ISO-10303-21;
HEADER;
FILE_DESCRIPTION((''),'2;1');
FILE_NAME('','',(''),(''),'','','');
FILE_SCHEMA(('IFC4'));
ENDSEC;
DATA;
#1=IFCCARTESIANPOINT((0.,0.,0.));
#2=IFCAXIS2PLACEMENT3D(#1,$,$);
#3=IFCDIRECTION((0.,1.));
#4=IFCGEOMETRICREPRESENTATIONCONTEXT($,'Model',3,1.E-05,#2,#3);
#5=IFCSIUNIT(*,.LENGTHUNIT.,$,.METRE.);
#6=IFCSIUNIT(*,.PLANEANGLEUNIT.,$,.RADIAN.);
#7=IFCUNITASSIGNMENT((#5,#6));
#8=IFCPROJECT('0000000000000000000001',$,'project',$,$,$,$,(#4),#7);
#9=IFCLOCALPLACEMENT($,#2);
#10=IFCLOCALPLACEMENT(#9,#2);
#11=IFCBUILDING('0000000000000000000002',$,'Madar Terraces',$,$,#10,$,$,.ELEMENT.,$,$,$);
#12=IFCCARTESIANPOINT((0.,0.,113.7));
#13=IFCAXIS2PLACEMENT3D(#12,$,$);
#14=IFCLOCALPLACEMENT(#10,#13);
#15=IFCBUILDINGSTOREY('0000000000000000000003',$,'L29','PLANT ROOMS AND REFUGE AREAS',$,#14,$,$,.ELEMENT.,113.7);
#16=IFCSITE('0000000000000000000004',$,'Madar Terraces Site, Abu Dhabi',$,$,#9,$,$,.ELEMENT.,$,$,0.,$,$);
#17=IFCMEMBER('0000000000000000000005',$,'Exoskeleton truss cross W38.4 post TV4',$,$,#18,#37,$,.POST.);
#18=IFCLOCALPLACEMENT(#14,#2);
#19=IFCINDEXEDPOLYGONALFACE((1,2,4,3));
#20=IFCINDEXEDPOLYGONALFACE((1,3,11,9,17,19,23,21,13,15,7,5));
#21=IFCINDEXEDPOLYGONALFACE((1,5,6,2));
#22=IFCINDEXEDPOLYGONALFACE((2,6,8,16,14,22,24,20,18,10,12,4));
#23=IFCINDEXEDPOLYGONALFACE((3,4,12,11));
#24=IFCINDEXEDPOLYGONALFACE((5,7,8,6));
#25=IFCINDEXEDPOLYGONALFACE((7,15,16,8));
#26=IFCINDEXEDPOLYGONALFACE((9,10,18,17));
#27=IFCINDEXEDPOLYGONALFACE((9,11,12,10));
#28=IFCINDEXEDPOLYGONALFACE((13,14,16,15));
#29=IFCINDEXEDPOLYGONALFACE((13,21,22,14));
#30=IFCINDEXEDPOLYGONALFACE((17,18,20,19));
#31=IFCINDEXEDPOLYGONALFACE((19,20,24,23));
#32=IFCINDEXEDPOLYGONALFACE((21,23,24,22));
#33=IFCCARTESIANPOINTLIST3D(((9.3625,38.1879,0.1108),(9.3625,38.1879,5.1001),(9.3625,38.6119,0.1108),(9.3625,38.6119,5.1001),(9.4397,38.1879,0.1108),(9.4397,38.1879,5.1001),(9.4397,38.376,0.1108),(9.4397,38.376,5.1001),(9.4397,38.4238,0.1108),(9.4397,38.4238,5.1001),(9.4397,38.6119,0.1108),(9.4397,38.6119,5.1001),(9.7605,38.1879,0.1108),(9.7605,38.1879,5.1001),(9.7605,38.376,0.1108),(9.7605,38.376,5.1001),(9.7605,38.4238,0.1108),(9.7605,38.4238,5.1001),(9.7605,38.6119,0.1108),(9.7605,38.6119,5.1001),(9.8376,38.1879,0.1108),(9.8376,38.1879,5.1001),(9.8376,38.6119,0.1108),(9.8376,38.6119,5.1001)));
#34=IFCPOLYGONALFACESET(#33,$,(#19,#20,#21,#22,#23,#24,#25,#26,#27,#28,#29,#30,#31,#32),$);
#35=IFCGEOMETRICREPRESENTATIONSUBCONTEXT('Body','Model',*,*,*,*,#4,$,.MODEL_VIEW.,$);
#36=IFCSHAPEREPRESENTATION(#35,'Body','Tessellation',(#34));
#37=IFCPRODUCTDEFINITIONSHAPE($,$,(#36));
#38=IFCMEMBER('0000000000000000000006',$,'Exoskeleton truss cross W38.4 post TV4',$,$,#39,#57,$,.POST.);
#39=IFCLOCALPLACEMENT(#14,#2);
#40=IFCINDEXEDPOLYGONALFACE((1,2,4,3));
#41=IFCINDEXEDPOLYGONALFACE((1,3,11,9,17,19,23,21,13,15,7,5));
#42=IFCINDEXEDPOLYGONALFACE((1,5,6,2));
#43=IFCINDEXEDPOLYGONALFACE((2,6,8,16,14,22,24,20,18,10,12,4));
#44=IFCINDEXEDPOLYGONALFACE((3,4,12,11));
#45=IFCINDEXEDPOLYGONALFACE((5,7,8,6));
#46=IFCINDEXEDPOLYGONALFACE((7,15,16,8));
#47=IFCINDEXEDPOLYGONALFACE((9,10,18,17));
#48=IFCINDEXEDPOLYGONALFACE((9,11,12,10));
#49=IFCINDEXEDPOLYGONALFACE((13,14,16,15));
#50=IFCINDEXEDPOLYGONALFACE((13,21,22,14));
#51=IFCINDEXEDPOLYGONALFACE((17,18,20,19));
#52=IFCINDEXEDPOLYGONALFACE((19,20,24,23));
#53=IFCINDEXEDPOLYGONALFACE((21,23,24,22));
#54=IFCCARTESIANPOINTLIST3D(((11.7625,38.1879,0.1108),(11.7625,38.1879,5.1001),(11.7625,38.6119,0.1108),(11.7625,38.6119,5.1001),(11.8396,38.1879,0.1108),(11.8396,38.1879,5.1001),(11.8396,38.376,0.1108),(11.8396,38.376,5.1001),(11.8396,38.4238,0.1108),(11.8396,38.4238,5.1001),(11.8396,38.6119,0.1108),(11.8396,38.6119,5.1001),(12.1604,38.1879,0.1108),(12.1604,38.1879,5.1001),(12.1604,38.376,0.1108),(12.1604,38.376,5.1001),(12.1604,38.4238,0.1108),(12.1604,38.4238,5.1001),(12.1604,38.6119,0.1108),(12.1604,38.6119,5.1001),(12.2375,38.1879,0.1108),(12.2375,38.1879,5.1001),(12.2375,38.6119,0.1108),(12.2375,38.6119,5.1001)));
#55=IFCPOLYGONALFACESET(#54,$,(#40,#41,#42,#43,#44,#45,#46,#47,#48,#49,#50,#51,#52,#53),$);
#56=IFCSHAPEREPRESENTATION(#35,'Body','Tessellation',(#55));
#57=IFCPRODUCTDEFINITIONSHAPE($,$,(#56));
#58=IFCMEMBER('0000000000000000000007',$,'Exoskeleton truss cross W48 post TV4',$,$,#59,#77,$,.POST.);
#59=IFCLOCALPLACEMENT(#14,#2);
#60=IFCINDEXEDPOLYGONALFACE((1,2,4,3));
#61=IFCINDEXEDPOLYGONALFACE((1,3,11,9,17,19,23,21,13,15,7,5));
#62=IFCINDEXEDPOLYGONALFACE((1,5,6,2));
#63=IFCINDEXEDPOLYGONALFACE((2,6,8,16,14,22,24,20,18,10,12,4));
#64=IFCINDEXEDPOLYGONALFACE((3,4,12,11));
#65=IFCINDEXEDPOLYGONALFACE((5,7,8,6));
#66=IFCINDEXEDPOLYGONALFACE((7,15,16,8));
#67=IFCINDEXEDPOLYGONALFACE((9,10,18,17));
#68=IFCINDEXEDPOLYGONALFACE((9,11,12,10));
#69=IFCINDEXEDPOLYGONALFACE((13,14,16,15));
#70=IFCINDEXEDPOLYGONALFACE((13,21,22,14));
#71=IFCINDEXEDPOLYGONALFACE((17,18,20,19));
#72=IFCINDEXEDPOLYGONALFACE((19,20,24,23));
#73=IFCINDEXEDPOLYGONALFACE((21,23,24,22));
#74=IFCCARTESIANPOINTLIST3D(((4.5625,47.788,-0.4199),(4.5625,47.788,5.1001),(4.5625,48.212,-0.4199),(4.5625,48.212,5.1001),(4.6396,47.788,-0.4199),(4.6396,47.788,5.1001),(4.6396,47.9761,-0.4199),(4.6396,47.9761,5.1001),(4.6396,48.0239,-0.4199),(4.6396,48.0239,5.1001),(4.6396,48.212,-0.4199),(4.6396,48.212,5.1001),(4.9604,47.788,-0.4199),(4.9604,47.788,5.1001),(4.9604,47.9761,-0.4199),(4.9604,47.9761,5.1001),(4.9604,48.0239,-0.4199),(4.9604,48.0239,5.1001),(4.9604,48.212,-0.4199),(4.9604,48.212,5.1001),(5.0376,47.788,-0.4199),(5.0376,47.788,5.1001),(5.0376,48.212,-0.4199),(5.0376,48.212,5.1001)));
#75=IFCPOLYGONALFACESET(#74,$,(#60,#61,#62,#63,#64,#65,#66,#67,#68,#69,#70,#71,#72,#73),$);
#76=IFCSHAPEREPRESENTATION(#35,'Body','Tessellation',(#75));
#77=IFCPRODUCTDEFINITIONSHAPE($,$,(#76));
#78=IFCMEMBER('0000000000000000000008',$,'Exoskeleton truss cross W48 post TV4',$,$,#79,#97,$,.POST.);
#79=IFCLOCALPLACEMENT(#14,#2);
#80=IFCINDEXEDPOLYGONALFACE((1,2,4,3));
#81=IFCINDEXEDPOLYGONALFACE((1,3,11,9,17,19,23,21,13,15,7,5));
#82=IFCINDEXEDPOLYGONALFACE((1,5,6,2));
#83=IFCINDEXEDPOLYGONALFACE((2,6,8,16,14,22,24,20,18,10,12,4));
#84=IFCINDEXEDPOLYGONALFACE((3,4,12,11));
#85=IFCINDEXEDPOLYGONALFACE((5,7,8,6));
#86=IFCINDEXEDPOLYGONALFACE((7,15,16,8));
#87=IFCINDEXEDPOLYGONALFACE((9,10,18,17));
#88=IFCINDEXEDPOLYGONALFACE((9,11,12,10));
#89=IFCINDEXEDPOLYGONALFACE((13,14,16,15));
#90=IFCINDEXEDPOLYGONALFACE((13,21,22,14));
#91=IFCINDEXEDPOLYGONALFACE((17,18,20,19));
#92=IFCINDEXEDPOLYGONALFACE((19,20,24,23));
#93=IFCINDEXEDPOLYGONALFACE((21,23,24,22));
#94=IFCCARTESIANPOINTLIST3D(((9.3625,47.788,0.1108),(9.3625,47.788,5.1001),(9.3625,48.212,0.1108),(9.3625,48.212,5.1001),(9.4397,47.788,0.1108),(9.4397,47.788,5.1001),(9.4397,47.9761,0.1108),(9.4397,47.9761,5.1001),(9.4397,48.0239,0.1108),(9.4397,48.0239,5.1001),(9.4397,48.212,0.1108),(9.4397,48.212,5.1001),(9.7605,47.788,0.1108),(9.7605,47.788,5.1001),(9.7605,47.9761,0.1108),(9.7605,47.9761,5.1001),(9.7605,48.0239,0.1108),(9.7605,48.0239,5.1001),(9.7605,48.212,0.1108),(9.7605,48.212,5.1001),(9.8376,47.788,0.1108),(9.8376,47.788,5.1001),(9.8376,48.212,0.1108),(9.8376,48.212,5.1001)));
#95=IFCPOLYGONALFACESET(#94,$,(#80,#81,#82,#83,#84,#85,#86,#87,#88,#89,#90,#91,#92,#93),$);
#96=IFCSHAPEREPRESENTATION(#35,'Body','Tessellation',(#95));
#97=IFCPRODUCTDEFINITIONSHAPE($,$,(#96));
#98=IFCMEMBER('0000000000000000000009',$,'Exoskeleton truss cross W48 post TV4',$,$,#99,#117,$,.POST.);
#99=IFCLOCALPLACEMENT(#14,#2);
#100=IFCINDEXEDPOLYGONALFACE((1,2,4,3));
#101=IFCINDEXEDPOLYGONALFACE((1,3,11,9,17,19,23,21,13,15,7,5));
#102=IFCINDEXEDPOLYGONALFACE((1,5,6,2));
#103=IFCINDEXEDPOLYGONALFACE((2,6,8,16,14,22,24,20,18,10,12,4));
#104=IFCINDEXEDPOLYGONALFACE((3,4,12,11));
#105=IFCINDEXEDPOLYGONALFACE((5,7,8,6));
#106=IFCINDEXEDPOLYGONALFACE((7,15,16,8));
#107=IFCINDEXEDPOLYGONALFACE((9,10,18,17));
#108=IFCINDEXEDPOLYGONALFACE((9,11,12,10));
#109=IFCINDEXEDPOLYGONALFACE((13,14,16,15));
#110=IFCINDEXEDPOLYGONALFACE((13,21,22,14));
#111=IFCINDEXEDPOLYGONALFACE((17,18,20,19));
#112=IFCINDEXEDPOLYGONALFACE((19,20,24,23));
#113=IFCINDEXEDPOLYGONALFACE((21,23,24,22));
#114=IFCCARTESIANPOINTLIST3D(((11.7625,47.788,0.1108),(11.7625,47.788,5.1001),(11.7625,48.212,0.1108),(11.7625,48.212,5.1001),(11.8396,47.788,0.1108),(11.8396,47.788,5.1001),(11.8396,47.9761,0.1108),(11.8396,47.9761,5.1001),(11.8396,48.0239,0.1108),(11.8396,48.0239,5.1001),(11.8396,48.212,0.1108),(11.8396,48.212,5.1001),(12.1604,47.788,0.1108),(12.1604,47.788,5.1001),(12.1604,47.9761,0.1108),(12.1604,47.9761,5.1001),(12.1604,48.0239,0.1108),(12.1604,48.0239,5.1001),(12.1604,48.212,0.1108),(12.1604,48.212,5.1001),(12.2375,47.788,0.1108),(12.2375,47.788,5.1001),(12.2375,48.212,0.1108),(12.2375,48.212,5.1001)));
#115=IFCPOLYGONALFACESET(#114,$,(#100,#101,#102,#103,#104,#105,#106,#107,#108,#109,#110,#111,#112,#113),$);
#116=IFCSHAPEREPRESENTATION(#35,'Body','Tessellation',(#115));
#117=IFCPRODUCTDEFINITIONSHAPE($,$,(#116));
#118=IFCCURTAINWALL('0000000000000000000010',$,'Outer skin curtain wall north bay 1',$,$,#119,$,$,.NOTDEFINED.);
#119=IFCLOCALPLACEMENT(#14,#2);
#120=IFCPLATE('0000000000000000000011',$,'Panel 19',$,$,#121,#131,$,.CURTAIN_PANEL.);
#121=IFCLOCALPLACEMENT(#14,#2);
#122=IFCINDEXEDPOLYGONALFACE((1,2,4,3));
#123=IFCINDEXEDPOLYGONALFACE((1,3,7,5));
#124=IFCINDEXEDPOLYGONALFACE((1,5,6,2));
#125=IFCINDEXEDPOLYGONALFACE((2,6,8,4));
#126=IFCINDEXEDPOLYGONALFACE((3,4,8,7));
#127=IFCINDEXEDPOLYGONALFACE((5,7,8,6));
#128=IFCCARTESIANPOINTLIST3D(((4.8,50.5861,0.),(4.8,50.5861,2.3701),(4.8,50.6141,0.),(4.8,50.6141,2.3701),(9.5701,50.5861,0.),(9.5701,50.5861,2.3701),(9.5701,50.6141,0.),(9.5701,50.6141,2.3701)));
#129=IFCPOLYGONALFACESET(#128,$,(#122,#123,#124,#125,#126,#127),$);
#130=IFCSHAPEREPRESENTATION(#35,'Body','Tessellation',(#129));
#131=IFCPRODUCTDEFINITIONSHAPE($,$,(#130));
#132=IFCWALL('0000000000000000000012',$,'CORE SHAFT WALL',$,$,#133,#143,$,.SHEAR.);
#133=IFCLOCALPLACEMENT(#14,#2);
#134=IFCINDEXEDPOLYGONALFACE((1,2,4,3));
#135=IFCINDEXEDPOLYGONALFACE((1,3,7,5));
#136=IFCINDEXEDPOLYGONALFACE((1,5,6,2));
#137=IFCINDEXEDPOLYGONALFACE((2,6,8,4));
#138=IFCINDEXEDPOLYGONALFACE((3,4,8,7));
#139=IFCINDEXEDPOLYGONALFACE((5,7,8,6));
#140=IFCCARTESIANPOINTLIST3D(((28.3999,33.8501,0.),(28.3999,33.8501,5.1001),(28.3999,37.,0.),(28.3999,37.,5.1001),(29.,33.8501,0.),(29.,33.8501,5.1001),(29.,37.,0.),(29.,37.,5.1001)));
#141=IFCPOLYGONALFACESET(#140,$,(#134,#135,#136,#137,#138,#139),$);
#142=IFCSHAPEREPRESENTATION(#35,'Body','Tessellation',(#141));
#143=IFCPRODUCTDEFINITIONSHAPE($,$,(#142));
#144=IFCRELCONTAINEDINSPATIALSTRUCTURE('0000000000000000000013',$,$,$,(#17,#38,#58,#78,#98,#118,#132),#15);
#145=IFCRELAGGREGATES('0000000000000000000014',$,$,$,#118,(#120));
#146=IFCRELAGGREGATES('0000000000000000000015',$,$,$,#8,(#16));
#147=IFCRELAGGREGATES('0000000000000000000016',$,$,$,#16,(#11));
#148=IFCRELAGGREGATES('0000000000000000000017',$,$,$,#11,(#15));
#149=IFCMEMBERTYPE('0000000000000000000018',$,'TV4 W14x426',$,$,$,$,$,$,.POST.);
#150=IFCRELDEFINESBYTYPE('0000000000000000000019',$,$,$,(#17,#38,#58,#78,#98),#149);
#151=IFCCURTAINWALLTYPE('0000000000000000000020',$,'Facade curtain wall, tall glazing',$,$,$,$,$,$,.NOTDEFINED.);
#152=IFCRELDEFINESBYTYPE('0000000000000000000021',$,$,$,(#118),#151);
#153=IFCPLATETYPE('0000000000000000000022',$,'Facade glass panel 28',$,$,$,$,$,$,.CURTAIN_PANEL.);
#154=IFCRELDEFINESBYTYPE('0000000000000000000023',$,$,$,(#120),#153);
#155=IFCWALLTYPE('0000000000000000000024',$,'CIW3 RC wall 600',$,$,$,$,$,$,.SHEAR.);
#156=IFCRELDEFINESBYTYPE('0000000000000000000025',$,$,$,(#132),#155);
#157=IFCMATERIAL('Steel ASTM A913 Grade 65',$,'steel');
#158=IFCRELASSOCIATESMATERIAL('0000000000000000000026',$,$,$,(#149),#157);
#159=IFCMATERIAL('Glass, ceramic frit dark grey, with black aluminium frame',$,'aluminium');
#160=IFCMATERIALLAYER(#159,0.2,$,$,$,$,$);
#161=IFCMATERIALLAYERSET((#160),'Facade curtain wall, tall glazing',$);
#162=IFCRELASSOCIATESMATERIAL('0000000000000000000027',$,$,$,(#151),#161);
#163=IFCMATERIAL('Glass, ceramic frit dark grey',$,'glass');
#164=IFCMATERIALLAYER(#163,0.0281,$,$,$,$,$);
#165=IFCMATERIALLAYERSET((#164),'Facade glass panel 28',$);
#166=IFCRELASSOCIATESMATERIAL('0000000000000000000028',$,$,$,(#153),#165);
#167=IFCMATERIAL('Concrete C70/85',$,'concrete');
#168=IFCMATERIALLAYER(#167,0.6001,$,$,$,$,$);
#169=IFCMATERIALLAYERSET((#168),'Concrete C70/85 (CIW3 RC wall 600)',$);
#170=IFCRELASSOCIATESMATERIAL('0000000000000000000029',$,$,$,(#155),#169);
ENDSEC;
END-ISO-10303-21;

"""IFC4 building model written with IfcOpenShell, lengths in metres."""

from ifc_helpers import new_model, si_unit, direction, frame, frame_2d, origin, origin_2d, place, context, subcontext, project, spatial, rectangle, i_section, extrude, material, layer, layer_set, material_profile, profile_set, type_object, element, aggregate, save


model = new_model("IFC4")

# Units and contexts
model_context = context("Model", 3, precision=1e-05, world=origin(), true_north=direction((0.0, 1.0)))
body_context = subcontext(model_context, "Body", "Model", "MODEL_VIEW")
ifc_project = project(units=[si_unit("LENGTHUNIT", "METRE"), si_unit("PLANEANGLEUNIT", "RADIAN")], contexts=[model_context])

# Site, building, storey
site_placement = place(None, origin())
site = spatial("IfcSite", under=ifc_project, at=site_placement, Name="Madar Terraces Site, Abu Dhabi", CompositionType="ELEMENT", RefElevation=0.0)
building_placement = place(site_placement, origin())
building = spatial("IfcBuilding", under=site, at=building_placement, Name="Madar Terraces", CompositionType="ELEMENT")
storey_placement = place(building_placement, frame((0.0, 0.0, 113.7)))
storey = spatial("IfcBuildingStorey", under=building, at=storey_placement, Name="L29", Description="PLANT ROOMS AND REFUGE AREAS", CompositionType="ELEMENT", Elevation=113.7)

# Members
ifc_material_1 = material(Name="Steel ASTM A913 Grade 65", Category="steel")
ifc_material_profile_1 = material_profile(ifc_material_1, i_section(OverallWidth=0.4241, OverallDepth=0.4751, WebThickness=0.0479, FlangeThickness=0.0771, at=origin_2d()), Name="W14x426")
ifc_profile_set_1 = profile_set([ifc_material_profile_1], Name="Steel ASTM A913 Grade 65")
member_type_1 = type_object("IfcMemberType", Name="TV4 W14x426", PredefinedType="POST", material=ifc_profile_set_1)
for number, where, z_axis, x_axis, name in (
    (1, (9.6001, 38.3999, 0.1108), (0.0, 0.0, 1.0), (0.0, 1.0, 0.0), "Exoskeleton truss cross W38.4 post TV4"),
    (2, (12.0, 38.3999, 0.1108), (0.0, 0.0, 1.0), (0.0, 1.0, 0.0), "Exoskeleton truss cross W38.4 post TV4"),
):
    element("IfcMember", number, at=place(storey_placement, frame(where, z_axis=z_axis, x_axis=x_axis)), inside=storey, type_object=member_type_1, Name=name, PredefinedType="POST", context=body_context, shape_type="SweptSolid", body=[
        extrude(i_section(OverallWidth=0.4241, OverallDepth=0.4751, WebThickness=0.0479, FlangeThickness=0.0771, at=origin_2d()), origin(), (0.0, 0.0, 1.0), 4.9893),
    ])
member_1_placement = place(storey_placement, frame((4.8, 48.0, -0.4199), z_axis=(0.0, 0.0, 1.0), x_axis=(0.0, 1.0, 0.0)))
element("IfcMember", 3, at=member_1_placement, inside=storey, type_object=member_type_1, Name="Exoskeleton truss cross W48 post TV4", PredefinedType="POST", context=body_context, shape_type="SweptSolid", body=[
    extrude(i_section(OverallWidth=0.4241, OverallDepth=0.4751, WebThickness=0.0479, FlangeThickness=0.0771, at=origin_2d()), origin(), (0.0, 0.0, 1.0), 5.52),
])
for number, where, z_axis, x_axis, name in (
    (4, (9.6001, 48.0, 0.1108), (0.0, 0.0, 1.0), (0.0, 1.0, 0.0), "Exoskeleton truss cross W48 post TV4"),
    (5, (12.0, 48.0, 0.1108), (0.0, 0.0, 1.0), (0.0, 1.0, 0.0), "Exoskeleton truss cross W48 post TV4"),
):
    element("IfcMember", number, at=place(storey_placement, frame(where, z_axis=z_axis, x_axis=x_axis)), inside=storey, type_object=member_type_1, Name=name, PredefinedType="POST", context=body_context, shape_type="SweptSolid", body=[
        extrude(i_section(OverallWidth=0.4241, OverallDepth=0.4751, WebThickness=0.0479, FlangeThickness=0.0771, at=origin_2d()), origin(), (0.0, 0.0, 1.0), 4.9893),
    ])

# Curtain wall, plate
ifc_material_2 = material(Name="Glass, ceramic frit dark grey, with black aluminium frame", Category="aluminium")
ifc_layer_1 = layer(ifc_material_2, 0.2)
ifc_layer_set_1 = layer_set([ifc_layer_1], Name="Facade curtain wall, tall glazing")
curtain_wall_type = type_object("IfcCurtainWallType", Name="Facade curtain wall, tall glazing", PredefinedType="NOTDEFINED", material=ifc_layer_set_1)
curtain_wall_placement = place(storey_placement, origin())
curtain_wall = element("IfcCurtainWall", 6, at=curtain_wall_placement, inside=storey, type_object=curtain_wall_type, Name="Outer skin curtain wall north bay 1", PredefinedType="NOTDEFINED")
ifc_material_3 = material(Name="Glass, ceramic frit dark grey", Category="glass")
ifc_layer_2 = layer(ifc_material_3, 0.0281)
ifc_layer_set_2 = layer_set([ifc_layer_2], Name="Facade glass panel 28")
plate_type = type_object("IfcPlateType", Name="Facade glass panel 28", PredefinedType="CURTAIN_PANEL", material=ifc_layer_set_2)
plate_placement = place(storey_placement, frame((7.1851, 50.6001, 0.0), z_axis=(0.0, 0.0, 1.0), x_axis=(-1.0, 0.0, 0.0)))
plate = element("IfcPlate", 7, at=plate_placement, type_object=plate_type, Name="Panel 19", PredefinedType="CURTAIN_PANEL", context=body_context, shape_type="SweptSolid", body=[
    extrude(rectangle(XDim=4.77, YDim=0.0281, at=origin_2d()), origin(), (0.0, 0.0, 1.0), 2.3701),
])
aggregate(curtain_wall, [plate])

# Wall
ifc_material_4 = material(Name="Concrete C70/85", Category="concrete")
ifc_layer_3 = layer(ifc_material_4, 0.6001)
ifc_layer_set_3 = layer_set([ifc_layer_3], Name="Concrete C70/85 (CIW3 RC wall 600)")
wall_type_1 = type_object("IfcWallType", Name="CIW3 RC wall 600", PredefinedType="SHEAR", material=ifc_layer_set_3)
wall_1_placement = place(storey_placement, frame((28.7, 33.8501, 0.0), z_axis=(0.0, 0.0, 1.0), x_axis=(0.0, 1.0, 0.0)))
element("IfcWall", 8, at=wall_1_placement, inside=storey, type_object=wall_type_1, Name="CORE SHAFT WALL", PredefinedType="SHEAR", context=body_context, shape_type="SweptSolid", body=[
    extrude(rectangle(XDim=3.1499, YDim=0.6001, at=frame_2d((1.575, 0.0))), origin(), (0.0, 0.0, 1.0), 5.1001),
])

save(model, "model.ifc")
